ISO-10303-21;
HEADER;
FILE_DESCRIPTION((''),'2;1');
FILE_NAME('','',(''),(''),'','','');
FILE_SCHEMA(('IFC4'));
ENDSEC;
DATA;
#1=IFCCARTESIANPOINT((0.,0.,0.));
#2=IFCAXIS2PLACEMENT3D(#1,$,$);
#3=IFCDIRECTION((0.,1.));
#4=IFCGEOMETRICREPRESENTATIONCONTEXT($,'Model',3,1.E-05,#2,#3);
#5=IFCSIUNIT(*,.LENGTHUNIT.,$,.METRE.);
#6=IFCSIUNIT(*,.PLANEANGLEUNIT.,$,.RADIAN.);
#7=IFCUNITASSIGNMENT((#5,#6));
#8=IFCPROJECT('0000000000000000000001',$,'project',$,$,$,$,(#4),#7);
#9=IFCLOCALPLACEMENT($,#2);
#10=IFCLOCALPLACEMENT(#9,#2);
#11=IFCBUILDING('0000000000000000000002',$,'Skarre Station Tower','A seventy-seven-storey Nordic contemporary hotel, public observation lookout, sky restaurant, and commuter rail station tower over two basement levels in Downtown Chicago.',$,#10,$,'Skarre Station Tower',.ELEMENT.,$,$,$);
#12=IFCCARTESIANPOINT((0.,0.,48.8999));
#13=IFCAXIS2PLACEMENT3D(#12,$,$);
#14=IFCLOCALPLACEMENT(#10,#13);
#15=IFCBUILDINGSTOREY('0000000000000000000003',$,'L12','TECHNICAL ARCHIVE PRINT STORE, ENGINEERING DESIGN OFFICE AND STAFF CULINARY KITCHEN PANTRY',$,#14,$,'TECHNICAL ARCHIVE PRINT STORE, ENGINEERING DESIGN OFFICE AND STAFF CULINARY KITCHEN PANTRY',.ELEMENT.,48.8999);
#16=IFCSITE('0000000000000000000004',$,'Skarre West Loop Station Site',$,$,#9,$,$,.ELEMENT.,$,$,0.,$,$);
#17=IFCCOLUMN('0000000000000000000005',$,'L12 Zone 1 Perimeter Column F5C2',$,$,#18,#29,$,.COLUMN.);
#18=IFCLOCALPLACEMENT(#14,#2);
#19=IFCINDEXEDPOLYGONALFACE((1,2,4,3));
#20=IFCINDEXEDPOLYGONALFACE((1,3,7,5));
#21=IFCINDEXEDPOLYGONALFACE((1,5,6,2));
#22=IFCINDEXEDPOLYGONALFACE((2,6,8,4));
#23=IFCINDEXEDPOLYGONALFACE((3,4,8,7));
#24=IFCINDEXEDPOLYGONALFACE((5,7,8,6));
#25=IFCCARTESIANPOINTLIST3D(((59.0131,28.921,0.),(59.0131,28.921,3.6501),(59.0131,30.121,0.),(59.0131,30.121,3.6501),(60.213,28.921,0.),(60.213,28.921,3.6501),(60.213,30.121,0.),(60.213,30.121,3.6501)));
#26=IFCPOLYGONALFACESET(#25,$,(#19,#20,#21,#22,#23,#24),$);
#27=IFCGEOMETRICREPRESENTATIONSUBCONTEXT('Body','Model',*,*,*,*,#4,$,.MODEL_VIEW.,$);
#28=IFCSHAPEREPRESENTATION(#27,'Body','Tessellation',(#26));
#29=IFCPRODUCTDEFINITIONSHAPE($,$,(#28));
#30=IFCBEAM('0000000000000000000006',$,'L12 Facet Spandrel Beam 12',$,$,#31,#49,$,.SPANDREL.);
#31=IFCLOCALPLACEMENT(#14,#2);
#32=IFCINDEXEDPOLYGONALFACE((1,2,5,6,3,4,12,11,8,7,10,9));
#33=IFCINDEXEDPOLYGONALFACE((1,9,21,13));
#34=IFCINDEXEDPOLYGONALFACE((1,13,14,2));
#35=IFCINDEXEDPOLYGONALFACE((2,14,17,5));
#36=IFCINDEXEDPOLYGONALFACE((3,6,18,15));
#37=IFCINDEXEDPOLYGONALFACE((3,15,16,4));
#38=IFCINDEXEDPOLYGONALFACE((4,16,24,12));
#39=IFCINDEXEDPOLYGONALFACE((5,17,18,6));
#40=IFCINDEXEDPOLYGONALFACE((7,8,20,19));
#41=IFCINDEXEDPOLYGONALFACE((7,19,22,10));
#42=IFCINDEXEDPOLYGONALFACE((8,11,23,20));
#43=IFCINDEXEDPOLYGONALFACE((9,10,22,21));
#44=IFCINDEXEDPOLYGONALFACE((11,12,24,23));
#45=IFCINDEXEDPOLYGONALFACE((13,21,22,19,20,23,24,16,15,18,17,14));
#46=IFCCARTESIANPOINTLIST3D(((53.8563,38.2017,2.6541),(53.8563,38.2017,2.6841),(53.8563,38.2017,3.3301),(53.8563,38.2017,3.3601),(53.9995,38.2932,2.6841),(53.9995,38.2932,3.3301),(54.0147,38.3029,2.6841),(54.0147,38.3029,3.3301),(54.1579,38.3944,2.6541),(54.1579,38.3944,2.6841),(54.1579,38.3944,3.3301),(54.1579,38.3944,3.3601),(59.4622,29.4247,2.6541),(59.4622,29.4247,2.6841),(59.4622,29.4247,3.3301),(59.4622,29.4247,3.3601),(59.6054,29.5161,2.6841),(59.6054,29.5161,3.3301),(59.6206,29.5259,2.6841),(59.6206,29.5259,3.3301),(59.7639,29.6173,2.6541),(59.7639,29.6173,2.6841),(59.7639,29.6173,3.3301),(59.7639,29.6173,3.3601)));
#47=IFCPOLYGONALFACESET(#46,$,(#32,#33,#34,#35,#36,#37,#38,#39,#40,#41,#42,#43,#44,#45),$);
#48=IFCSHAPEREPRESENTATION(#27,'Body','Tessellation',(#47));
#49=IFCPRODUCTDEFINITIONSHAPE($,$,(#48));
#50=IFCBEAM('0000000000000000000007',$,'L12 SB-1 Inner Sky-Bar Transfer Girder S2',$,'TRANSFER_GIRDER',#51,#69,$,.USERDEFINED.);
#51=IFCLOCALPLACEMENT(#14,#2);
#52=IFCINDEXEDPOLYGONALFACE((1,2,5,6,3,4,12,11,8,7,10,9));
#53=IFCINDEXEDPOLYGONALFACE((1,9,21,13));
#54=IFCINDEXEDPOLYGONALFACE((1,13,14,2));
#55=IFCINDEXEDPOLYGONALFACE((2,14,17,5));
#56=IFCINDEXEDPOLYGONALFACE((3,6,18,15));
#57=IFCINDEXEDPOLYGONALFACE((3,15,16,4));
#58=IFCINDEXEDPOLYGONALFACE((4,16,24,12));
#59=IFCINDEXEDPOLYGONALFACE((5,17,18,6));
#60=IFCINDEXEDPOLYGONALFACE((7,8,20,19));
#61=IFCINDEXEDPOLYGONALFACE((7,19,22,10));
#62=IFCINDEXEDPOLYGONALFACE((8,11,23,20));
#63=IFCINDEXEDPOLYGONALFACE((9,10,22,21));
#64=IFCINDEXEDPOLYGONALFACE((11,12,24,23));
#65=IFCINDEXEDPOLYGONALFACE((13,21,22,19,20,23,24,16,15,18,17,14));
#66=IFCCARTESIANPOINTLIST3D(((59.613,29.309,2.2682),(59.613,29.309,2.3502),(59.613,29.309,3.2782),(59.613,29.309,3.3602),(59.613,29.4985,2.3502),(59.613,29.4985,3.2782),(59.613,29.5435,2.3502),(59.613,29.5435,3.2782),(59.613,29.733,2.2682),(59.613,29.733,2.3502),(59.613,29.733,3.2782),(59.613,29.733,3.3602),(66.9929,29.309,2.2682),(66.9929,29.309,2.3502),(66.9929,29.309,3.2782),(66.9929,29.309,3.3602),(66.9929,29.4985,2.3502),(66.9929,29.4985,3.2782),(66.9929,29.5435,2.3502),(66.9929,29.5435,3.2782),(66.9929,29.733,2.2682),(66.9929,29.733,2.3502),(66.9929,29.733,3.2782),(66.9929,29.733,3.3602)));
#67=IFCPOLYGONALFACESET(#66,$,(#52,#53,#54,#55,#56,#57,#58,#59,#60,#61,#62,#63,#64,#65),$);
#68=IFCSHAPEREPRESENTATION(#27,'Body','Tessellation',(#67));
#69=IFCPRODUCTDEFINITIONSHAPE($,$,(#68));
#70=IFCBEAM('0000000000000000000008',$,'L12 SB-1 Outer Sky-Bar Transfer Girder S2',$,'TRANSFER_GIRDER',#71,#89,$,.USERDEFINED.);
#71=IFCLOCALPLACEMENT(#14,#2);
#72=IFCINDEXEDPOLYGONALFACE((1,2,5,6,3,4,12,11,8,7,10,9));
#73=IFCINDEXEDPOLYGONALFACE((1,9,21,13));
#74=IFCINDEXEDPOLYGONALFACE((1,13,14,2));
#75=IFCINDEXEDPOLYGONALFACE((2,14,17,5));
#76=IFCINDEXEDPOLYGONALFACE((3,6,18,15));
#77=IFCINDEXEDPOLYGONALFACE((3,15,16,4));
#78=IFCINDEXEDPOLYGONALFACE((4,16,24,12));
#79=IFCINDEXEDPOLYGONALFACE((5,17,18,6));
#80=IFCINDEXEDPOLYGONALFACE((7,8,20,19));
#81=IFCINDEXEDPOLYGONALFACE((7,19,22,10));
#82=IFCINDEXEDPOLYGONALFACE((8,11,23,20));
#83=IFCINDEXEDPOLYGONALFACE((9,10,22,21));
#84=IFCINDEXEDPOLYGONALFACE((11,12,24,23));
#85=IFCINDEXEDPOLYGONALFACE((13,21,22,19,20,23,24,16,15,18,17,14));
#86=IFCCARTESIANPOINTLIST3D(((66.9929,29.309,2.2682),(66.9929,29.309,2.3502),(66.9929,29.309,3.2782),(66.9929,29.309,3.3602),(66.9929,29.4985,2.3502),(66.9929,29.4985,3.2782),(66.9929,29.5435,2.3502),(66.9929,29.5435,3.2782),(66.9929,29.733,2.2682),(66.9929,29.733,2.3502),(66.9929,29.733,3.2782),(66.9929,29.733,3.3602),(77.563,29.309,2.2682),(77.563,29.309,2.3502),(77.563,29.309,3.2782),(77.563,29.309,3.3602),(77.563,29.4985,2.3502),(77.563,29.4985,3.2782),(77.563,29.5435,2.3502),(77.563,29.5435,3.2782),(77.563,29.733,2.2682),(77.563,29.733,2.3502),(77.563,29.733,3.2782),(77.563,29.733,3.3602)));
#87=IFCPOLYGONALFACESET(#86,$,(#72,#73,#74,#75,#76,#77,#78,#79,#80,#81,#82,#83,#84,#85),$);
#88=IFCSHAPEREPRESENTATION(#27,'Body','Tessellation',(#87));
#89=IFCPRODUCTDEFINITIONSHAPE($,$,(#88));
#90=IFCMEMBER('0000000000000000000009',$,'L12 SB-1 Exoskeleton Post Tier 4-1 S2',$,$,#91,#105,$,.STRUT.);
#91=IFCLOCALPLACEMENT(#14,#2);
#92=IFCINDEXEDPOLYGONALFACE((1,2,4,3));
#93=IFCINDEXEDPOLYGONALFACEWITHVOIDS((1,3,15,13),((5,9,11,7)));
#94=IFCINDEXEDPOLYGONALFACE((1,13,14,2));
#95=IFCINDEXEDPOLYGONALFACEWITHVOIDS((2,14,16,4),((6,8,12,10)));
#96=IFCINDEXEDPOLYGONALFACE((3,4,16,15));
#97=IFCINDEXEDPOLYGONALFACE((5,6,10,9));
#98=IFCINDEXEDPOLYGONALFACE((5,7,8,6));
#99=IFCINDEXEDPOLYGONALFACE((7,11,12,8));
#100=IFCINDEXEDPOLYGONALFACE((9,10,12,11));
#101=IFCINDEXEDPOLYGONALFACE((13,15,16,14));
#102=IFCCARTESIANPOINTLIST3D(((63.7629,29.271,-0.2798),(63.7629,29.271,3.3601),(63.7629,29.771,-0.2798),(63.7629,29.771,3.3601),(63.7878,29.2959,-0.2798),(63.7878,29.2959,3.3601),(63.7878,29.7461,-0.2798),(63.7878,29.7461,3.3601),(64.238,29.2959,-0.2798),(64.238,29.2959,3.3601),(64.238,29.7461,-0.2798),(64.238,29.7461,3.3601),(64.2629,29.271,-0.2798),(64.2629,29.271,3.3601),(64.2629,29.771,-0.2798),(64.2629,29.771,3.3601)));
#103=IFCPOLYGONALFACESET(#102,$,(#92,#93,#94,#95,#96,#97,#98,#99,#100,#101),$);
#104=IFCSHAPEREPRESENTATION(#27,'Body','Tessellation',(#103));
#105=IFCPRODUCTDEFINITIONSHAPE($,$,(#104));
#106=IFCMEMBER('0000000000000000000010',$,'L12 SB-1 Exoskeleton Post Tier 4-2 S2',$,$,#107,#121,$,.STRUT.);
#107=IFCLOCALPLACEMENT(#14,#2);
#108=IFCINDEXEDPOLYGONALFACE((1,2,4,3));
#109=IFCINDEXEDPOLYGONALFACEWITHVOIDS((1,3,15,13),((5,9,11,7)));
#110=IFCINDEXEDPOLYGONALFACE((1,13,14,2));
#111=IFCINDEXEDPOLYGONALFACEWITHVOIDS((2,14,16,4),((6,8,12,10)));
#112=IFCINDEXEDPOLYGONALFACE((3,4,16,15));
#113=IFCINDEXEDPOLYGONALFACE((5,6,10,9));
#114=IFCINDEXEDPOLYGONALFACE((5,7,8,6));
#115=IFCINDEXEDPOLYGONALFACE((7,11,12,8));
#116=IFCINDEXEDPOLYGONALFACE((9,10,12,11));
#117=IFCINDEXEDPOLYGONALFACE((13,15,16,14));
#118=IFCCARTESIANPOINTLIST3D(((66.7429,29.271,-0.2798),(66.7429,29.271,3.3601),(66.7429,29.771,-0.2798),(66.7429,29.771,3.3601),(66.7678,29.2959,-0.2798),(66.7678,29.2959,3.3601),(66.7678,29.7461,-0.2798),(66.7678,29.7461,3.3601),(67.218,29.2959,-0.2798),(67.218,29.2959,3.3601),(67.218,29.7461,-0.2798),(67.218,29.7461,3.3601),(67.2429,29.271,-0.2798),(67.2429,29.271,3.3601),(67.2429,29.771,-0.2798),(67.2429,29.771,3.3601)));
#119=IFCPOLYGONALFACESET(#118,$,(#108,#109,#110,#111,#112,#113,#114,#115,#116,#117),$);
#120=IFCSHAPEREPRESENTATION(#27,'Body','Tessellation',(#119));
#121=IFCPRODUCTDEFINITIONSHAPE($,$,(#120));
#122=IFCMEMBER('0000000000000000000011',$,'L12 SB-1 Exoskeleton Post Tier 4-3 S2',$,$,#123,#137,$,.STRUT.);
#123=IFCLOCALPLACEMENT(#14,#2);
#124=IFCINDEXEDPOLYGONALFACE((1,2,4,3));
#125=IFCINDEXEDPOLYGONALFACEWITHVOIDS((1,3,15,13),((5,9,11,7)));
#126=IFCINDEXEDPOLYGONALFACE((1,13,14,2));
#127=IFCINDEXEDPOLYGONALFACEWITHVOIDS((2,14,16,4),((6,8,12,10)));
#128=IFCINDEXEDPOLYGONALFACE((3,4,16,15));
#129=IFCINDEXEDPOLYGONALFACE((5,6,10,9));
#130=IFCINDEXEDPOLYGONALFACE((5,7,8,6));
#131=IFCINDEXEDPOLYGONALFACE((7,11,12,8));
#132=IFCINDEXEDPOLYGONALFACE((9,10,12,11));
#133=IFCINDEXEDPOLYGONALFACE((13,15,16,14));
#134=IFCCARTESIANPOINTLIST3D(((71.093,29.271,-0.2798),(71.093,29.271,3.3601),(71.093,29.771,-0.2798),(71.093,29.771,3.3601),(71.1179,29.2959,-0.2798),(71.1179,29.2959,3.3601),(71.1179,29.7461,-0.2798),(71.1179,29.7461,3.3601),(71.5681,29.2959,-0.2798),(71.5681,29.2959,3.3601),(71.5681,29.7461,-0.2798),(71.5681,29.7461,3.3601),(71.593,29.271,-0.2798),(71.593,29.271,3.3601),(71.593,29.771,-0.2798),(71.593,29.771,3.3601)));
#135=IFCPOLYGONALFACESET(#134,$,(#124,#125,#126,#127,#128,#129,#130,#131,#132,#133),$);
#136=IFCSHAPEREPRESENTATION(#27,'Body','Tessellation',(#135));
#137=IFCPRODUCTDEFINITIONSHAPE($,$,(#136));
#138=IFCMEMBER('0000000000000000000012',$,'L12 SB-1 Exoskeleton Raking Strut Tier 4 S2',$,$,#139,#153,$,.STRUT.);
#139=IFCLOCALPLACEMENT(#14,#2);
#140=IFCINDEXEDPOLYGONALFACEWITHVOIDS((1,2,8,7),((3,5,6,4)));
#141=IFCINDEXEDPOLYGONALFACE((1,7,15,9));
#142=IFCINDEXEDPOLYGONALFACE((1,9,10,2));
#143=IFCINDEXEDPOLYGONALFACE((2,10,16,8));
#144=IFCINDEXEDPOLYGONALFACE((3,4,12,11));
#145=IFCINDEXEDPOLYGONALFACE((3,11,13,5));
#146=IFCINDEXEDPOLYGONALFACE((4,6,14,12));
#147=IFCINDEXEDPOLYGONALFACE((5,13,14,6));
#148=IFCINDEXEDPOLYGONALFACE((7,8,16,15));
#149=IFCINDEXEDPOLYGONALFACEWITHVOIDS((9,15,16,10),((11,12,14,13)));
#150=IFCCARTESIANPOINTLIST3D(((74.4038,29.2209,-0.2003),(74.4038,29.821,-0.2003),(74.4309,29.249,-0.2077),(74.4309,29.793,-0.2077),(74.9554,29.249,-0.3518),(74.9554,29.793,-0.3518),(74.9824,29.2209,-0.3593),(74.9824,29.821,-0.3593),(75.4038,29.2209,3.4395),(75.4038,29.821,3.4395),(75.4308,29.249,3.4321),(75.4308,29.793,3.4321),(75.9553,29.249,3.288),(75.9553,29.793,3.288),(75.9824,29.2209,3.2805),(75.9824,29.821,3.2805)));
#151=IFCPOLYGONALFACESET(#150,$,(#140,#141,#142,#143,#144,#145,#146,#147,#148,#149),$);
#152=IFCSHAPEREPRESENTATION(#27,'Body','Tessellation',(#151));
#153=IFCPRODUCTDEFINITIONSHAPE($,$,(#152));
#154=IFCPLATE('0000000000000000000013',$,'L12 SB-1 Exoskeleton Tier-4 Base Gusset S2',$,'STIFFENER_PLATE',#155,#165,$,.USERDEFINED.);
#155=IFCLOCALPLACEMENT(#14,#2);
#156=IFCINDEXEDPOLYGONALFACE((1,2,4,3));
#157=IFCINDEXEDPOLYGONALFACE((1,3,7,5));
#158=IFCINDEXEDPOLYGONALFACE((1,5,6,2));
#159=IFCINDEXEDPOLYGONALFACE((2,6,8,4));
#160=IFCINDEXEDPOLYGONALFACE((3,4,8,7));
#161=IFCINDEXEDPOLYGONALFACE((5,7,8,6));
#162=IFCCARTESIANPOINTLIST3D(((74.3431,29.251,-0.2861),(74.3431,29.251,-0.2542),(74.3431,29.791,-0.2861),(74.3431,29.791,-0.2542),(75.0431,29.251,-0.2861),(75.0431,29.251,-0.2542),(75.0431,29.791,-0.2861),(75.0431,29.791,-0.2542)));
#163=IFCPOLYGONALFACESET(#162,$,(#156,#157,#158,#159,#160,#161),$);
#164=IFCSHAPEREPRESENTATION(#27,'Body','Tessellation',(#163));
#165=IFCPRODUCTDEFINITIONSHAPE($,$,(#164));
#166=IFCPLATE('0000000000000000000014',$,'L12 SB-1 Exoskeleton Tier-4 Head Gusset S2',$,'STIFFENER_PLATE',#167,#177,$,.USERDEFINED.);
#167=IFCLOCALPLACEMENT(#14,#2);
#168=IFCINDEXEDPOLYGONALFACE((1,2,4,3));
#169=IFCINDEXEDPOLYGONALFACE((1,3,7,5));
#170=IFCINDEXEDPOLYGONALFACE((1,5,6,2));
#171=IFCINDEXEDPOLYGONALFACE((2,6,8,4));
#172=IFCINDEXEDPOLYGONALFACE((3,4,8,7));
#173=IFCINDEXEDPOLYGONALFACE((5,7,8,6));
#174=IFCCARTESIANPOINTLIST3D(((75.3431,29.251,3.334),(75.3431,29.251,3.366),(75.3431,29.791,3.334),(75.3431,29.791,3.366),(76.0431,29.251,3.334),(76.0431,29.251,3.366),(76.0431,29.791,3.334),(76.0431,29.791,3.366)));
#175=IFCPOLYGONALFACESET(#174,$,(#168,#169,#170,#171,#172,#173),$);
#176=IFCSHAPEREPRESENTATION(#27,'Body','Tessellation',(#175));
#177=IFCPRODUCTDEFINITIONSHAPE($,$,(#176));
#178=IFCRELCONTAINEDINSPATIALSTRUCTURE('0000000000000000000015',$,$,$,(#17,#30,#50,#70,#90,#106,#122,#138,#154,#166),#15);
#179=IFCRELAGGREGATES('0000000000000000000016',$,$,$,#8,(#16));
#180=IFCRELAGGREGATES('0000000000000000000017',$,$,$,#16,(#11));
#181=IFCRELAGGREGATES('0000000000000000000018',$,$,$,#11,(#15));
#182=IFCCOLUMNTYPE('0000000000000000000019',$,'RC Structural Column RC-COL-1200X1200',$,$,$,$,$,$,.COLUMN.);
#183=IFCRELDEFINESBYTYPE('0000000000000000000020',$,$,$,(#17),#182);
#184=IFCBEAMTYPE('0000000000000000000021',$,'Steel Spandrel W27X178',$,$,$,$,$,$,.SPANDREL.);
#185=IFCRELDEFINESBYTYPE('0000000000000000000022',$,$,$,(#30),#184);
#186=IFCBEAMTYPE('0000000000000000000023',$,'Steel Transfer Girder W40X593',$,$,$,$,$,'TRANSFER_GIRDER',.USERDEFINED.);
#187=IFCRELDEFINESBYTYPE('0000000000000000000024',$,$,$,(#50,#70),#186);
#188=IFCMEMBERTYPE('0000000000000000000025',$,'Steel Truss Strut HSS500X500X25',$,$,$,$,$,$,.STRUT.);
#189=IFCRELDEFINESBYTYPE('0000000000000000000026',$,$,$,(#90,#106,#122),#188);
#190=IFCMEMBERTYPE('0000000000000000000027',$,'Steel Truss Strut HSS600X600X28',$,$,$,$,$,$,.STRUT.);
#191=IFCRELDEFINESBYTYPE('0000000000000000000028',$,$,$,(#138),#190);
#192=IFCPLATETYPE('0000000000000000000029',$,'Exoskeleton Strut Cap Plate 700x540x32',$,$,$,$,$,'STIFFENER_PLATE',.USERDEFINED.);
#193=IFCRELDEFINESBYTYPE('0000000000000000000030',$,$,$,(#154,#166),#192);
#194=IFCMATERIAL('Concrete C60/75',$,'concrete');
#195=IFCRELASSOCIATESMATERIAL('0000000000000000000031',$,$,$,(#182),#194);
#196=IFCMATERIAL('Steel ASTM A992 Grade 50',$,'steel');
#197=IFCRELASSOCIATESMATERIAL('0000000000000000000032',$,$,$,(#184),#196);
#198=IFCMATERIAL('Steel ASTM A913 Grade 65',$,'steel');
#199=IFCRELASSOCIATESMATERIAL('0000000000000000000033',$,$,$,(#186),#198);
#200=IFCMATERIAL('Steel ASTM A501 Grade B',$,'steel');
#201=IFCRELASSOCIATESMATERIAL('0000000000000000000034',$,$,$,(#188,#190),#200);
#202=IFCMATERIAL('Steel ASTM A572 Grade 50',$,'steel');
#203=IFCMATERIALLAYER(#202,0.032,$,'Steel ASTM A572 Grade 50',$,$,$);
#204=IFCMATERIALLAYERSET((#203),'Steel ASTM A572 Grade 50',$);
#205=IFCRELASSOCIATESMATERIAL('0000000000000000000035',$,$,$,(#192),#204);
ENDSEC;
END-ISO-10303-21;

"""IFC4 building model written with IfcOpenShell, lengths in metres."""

from ifc_helpers import new_model, si_unit, direction, frame, origin, origin_2d, place, context, subcontext, project, spatial, rectangle, hollow_rectangle, i_section, extrude, material, layer, layer_set, material_profile, profile_set, type_object, element, save


model = new_model("IFC4")

# Units and contexts
model_context = context("Model", 3, precision=1e-05, world=origin(), true_north=direction((0.0, 1.0)))
body_context = subcontext(model_context, "Body", "Model", "MODEL_VIEW")
ifc_project = project(units=[si_unit("LENGTHUNIT", "METRE"), si_unit("PLANEANGLEUNIT", "RADIAN")], contexts=[model_context])

# Site, building, storey
site_placement = place(None, origin())
site = spatial("IfcSite", under=ifc_project, at=site_placement, Name="Skarre West Loop Station Site", CompositionType="ELEMENT", RefElevation=0.0)
building_placement = place(site_placement, origin())
building = spatial("IfcBuilding", under=site, at=building_placement, Name="Skarre Station Tower", Description="A seventy-seven-storey Nordic contemporary hotel, public observation lookout, sky restaurant, and commuter rail station tower over two basement levels in Downtown Chicago.", LongName="Skarre Station Tower", CompositionType="ELEMENT")
storey_placement = place(building_placement, frame((0.0, 0.0, 48.8999)))
storey = spatial("IfcBuildingStorey", under=building, at=storey_placement, Name="L12", Description="TECHNICAL ARCHIVE PRINT STORE, ENGINEERING DESIGN OFFICE AND STAFF CULINARY KITCHEN PANTRY", LongName="TECHNICAL ARCHIVE PRINT STORE, ENGINEERING DESIGN OFFICE AND STAFF CULINARY KITCHEN PANTRY", CompositionType="ELEMENT", Elevation=48.8999)

# Column
ifc_material_1 = material(Name="Concrete C60/75", Category="concrete")
ifc_material_profile_1 = material_profile(ifc_material_1, rectangle(XDim=1.2, YDim=1.2, at=origin_2d()), Name="Concrete C60/75")
ifc_profile_set_1 = profile_set([ifc_material_profile_1], Name="Concrete C60/75")
column_type = type_object("IfcColumnType", Name="RC Structural Column RC-COL-1200X1200", PredefinedType="COLUMN", material=ifc_profile_set_1)
column_placement = place(storey_placement, frame((59.613, 29.521, 0.0), z_axis=(0.0, 0.0, 1.0), x_axis=(1.0, 0.0, 0.0)))
element("IfcColumn", 1, at=column_placement, inside=storey, type_object=column_type, Name="L12 Zone 1 Perimeter Column F5C2", PredefinedType="COLUMN", context=body_context, shape_type="SweptSolid", body=[
    extrude(rectangle(XDim=1.2, YDim=1.2, at=origin_2d()), origin(), (0.0, 0.0, 1.0), 3.6501),
])

# Beams
ifc_material_2 = material(Name="Steel ASTM A992 Grade 50", Category="steel")
ifc_material_profile_2 = material_profile(ifc_material_2, i_section(OverallWidth=0.3579, OverallDepth=0.7061, WebThickness=0.0181, FlangeThickness=0.03, at=origin_2d()), Name="Steel ASTM A992 Grade 50")
ifc_profile_set_2 = profile_set([ifc_material_profile_2], Name="Steel ASTM A992 Grade 50")
beam_type_1 = type_object("IfcBeamType", Name="Steel Spandrel W27X178", PredefinedType="SPANDREL", material=ifc_profile_set_2)
beam_1_placement = place(storey_placement, frame((59.613, 29.521, 3.0071), z_axis=(-0.538278, 0.842767, 0.0), x_axis=(-0.842767, -0.538278, 0.0)))
element("IfcBeam", 2, at=beam_1_placement, inside=storey, type_object=beam_type_1, Name="L12 Facet Spandrel Beam 12", PredefinedType="SPANDREL", context=body_context, shape_type="SweptSolid", body=[
    extrude(i_section(OverallWidth=0.3579, OverallDepth=0.7061, WebThickness=0.0181, FlangeThickness=0.03, at=origin_2d()), origin(), (0.0, 0.0, 1.0), 10.4146),
])
ifc_material_3 = material(Name="Steel ASTM A913 Grade 65", Category="steel")
ifc_material_profile_3 = material_profile(ifc_material_3, i_section(OverallWidth=0.4241, OverallDepth=1.092, WebThickness=0.0449, FlangeThickness=0.082, at=origin_2d()), Name="Steel ASTM A913 Grade 65")
ifc_profile_set_3 = profile_set([ifc_material_profile_3], Name="Steel ASTM A913 Grade 65")
beam_type_2 = type_object("IfcBeamType", Name="Steel Transfer Girder W40X593", ElementType="TRANSFER_GIRDER", PredefinedType="USERDEFINED", material=ifc_profile_set_3)
beam_2_placement = place(storey_placement, frame((59.613, 29.521, 2.8142), z_axis=(1.0, 0.0, 0.0), x_axis=(0.0, 1.0, 0.0)))
element("IfcBeam", 3, at=beam_2_placement, inside=storey, type_object=beam_type_2, Name="L12 SB-1 Inner Sky-Bar Transfer Girder S2", ObjectType="TRANSFER_GIRDER", PredefinedType="USERDEFINED", context=body_context, shape_type="SweptSolid", body=[
    extrude(i_section(OverallWidth=0.4241, OverallDepth=1.092, WebThickness=0.0449, FlangeThickness=0.082, at=origin_2d()), origin(), (0.0, 0.0, 1.0), 7.3799),
])
beam_3_placement = place(storey_placement, frame((66.9929, 29.521, 2.8142), z_axis=(1.0, 0.0, 0.0), x_axis=(0.0, 1.0, 0.0)))
element("IfcBeam", 4, at=beam_3_placement, inside=storey, type_object=beam_type_2, Name="L12 SB-1 Outer Sky-Bar Transfer Girder S2", ObjectType="TRANSFER_GIRDER", PredefinedType="USERDEFINED", context=body_context, shape_type="SweptSolid", body=[
    extrude(i_section(OverallWidth=0.4241, OverallDepth=1.092, WebThickness=0.0449, FlangeThickness=0.082, at=origin_2d()), origin(), (0.0, 0.0, 1.0), 10.5701),
])

# Members
ifc_material_4 = material(Name="Steel ASTM A501 Grade B", Category="steel")
ifc_material_profile_4 = material_profile(ifc_material_4, hollow_rectangle(XDim=0.5, YDim=0.5, WallThickness=0.0249, at=origin_2d()), Name="Steel ASTM A501 Grade B")
ifc_profile_set_4 = profile_set([ifc_material_profile_4], Name="Steel ASTM A501 Grade B")
member_type_1 = type_object("IfcMemberType", Name="Steel Truss Strut HSS500X500X25", PredefinedType="STRUT", material=ifc_profile_set_4)
for number, where, z_axis, x_axis, name in (
    (5, (64.0129, 29.521, -0.2798), (0.0, 0.0, 1.0), (1.0, 0.0, 0.0), "L12 SB-1 Exoskeleton Post Tier 4-1 S2"),
    (6, (66.9929, 29.521, -0.2798), (0.0, 0.0, 1.0), (1.0, 0.0, 0.0), "L12 SB-1 Exoskeleton Post Tier 4-2 S2"),
    (7, (71.343, 29.521, -0.2798), (0.0, 0.0, 1.0), (1.0, 0.0, 0.0), "L12 SB-1 Exoskeleton Post Tier 4-3 S2"),
):
    element("IfcMember", number, at=place(storey_placement, frame(where, z_axis=z_axis, x_axis=x_axis)), inside=storey, type_object=member_type_1, Name=name, PredefinedType="STRUT", context=body_context, shape_type="SweptSolid", body=[
        extrude(hollow_rectangle(XDim=0.5, YDim=0.5, WallThickness=0.0249, at=origin_2d()), origin(), (0.0, 0.0, 1.0), 3.6399),
    ])
ifc_material_profile_5 = material_profile(ifc_material_4, hollow_rectangle(XDim=0.6001, YDim=0.6001, WallThickness=0.0281, at=origin_2d()), Name="Steel ASTM A501 Grade B")
ifc_profile_set_5 = profile_set([ifc_material_profile_5], Name="Steel ASTM A501 Grade B")
member_type_2 = type_object("IfcMemberType", Name="Steel Truss Strut HSS600X600X28", PredefinedType="STRUT", material=ifc_profile_set_5)
member_placement = place(storey_placement, frame((74.6931, 29.521, -0.2798), z_axis=(0.264917, 0.0, 0.964271), x_axis=(0.0, 1.0, 0.0)))
element("IfcMember", 8, at=member_placement, inside=storey, type_object=member_type_2, Name="L12 SB-1 Exoskeleton Raking Strut Tier 4 S2", PredefinedType="STRUT", context=body_context, shape_type="SweptSolid", body=[
    extrude(hollow_rectangle(XDim=0.6001, YDim=0.6001, WallThickness=0.0281, at=origin_2d()), origin(), (0.0, 0.0, 1.0), 3.7747),
])

# Plates
ifc_material_5 = material(Name="Steel ASTM A572 Grade 50", Category="steel")
ifc_layer_1 = layer(ifc_material_5, 0.032, Name="Steel ASTM A572 Grade 50")
ifc_layer_set_1 = layer_set([ifc_layer_1], Name="Steel ASTM A572 Grade 50")
plate_type = type_object("IfcPlateType", Name="Exoskeleton Strut Cap Plate 700x540x32", ElementType="STIFFENER_PLATE", PredefinedType="USERDEFINED", material=ifc_layer_set_1)
for number, where, z_axis, x_axis, name in (
    (9, (74.6931, 29.521, -0.2861), (0.0, 0.0, 1.0), (1.0, 0.0, 0.0), "L12 SB-1 Exoskeleton Tier-4 Base Gusset S2"),
    (10, (75.6931, 29.521, 3.334), (0.0, 0.0, 1.0), (1.0, 0.0, 0.0), "L12 SB-1 Exoskeleton Tier-4 Head Gusset S2"),
):
    element("IfcPlate", number, at=place(storey_placement, frame(where, z_axis=z_axis, x_axis=x_axis)), inside=storey, type_object=plate_type, Name=name, ObjectType="STIFFENER_PLATE", PredefinedType="USERDEFINED", context=body_context, shape_type="SweptSolid", body=[
        extrude(rectangle(XDim=0.7, YDim=0.54, at=origin_2d()), origin(), (0.0, 0.0, 1.0), 0.032),
    ])

save(model, "model.ifc")
